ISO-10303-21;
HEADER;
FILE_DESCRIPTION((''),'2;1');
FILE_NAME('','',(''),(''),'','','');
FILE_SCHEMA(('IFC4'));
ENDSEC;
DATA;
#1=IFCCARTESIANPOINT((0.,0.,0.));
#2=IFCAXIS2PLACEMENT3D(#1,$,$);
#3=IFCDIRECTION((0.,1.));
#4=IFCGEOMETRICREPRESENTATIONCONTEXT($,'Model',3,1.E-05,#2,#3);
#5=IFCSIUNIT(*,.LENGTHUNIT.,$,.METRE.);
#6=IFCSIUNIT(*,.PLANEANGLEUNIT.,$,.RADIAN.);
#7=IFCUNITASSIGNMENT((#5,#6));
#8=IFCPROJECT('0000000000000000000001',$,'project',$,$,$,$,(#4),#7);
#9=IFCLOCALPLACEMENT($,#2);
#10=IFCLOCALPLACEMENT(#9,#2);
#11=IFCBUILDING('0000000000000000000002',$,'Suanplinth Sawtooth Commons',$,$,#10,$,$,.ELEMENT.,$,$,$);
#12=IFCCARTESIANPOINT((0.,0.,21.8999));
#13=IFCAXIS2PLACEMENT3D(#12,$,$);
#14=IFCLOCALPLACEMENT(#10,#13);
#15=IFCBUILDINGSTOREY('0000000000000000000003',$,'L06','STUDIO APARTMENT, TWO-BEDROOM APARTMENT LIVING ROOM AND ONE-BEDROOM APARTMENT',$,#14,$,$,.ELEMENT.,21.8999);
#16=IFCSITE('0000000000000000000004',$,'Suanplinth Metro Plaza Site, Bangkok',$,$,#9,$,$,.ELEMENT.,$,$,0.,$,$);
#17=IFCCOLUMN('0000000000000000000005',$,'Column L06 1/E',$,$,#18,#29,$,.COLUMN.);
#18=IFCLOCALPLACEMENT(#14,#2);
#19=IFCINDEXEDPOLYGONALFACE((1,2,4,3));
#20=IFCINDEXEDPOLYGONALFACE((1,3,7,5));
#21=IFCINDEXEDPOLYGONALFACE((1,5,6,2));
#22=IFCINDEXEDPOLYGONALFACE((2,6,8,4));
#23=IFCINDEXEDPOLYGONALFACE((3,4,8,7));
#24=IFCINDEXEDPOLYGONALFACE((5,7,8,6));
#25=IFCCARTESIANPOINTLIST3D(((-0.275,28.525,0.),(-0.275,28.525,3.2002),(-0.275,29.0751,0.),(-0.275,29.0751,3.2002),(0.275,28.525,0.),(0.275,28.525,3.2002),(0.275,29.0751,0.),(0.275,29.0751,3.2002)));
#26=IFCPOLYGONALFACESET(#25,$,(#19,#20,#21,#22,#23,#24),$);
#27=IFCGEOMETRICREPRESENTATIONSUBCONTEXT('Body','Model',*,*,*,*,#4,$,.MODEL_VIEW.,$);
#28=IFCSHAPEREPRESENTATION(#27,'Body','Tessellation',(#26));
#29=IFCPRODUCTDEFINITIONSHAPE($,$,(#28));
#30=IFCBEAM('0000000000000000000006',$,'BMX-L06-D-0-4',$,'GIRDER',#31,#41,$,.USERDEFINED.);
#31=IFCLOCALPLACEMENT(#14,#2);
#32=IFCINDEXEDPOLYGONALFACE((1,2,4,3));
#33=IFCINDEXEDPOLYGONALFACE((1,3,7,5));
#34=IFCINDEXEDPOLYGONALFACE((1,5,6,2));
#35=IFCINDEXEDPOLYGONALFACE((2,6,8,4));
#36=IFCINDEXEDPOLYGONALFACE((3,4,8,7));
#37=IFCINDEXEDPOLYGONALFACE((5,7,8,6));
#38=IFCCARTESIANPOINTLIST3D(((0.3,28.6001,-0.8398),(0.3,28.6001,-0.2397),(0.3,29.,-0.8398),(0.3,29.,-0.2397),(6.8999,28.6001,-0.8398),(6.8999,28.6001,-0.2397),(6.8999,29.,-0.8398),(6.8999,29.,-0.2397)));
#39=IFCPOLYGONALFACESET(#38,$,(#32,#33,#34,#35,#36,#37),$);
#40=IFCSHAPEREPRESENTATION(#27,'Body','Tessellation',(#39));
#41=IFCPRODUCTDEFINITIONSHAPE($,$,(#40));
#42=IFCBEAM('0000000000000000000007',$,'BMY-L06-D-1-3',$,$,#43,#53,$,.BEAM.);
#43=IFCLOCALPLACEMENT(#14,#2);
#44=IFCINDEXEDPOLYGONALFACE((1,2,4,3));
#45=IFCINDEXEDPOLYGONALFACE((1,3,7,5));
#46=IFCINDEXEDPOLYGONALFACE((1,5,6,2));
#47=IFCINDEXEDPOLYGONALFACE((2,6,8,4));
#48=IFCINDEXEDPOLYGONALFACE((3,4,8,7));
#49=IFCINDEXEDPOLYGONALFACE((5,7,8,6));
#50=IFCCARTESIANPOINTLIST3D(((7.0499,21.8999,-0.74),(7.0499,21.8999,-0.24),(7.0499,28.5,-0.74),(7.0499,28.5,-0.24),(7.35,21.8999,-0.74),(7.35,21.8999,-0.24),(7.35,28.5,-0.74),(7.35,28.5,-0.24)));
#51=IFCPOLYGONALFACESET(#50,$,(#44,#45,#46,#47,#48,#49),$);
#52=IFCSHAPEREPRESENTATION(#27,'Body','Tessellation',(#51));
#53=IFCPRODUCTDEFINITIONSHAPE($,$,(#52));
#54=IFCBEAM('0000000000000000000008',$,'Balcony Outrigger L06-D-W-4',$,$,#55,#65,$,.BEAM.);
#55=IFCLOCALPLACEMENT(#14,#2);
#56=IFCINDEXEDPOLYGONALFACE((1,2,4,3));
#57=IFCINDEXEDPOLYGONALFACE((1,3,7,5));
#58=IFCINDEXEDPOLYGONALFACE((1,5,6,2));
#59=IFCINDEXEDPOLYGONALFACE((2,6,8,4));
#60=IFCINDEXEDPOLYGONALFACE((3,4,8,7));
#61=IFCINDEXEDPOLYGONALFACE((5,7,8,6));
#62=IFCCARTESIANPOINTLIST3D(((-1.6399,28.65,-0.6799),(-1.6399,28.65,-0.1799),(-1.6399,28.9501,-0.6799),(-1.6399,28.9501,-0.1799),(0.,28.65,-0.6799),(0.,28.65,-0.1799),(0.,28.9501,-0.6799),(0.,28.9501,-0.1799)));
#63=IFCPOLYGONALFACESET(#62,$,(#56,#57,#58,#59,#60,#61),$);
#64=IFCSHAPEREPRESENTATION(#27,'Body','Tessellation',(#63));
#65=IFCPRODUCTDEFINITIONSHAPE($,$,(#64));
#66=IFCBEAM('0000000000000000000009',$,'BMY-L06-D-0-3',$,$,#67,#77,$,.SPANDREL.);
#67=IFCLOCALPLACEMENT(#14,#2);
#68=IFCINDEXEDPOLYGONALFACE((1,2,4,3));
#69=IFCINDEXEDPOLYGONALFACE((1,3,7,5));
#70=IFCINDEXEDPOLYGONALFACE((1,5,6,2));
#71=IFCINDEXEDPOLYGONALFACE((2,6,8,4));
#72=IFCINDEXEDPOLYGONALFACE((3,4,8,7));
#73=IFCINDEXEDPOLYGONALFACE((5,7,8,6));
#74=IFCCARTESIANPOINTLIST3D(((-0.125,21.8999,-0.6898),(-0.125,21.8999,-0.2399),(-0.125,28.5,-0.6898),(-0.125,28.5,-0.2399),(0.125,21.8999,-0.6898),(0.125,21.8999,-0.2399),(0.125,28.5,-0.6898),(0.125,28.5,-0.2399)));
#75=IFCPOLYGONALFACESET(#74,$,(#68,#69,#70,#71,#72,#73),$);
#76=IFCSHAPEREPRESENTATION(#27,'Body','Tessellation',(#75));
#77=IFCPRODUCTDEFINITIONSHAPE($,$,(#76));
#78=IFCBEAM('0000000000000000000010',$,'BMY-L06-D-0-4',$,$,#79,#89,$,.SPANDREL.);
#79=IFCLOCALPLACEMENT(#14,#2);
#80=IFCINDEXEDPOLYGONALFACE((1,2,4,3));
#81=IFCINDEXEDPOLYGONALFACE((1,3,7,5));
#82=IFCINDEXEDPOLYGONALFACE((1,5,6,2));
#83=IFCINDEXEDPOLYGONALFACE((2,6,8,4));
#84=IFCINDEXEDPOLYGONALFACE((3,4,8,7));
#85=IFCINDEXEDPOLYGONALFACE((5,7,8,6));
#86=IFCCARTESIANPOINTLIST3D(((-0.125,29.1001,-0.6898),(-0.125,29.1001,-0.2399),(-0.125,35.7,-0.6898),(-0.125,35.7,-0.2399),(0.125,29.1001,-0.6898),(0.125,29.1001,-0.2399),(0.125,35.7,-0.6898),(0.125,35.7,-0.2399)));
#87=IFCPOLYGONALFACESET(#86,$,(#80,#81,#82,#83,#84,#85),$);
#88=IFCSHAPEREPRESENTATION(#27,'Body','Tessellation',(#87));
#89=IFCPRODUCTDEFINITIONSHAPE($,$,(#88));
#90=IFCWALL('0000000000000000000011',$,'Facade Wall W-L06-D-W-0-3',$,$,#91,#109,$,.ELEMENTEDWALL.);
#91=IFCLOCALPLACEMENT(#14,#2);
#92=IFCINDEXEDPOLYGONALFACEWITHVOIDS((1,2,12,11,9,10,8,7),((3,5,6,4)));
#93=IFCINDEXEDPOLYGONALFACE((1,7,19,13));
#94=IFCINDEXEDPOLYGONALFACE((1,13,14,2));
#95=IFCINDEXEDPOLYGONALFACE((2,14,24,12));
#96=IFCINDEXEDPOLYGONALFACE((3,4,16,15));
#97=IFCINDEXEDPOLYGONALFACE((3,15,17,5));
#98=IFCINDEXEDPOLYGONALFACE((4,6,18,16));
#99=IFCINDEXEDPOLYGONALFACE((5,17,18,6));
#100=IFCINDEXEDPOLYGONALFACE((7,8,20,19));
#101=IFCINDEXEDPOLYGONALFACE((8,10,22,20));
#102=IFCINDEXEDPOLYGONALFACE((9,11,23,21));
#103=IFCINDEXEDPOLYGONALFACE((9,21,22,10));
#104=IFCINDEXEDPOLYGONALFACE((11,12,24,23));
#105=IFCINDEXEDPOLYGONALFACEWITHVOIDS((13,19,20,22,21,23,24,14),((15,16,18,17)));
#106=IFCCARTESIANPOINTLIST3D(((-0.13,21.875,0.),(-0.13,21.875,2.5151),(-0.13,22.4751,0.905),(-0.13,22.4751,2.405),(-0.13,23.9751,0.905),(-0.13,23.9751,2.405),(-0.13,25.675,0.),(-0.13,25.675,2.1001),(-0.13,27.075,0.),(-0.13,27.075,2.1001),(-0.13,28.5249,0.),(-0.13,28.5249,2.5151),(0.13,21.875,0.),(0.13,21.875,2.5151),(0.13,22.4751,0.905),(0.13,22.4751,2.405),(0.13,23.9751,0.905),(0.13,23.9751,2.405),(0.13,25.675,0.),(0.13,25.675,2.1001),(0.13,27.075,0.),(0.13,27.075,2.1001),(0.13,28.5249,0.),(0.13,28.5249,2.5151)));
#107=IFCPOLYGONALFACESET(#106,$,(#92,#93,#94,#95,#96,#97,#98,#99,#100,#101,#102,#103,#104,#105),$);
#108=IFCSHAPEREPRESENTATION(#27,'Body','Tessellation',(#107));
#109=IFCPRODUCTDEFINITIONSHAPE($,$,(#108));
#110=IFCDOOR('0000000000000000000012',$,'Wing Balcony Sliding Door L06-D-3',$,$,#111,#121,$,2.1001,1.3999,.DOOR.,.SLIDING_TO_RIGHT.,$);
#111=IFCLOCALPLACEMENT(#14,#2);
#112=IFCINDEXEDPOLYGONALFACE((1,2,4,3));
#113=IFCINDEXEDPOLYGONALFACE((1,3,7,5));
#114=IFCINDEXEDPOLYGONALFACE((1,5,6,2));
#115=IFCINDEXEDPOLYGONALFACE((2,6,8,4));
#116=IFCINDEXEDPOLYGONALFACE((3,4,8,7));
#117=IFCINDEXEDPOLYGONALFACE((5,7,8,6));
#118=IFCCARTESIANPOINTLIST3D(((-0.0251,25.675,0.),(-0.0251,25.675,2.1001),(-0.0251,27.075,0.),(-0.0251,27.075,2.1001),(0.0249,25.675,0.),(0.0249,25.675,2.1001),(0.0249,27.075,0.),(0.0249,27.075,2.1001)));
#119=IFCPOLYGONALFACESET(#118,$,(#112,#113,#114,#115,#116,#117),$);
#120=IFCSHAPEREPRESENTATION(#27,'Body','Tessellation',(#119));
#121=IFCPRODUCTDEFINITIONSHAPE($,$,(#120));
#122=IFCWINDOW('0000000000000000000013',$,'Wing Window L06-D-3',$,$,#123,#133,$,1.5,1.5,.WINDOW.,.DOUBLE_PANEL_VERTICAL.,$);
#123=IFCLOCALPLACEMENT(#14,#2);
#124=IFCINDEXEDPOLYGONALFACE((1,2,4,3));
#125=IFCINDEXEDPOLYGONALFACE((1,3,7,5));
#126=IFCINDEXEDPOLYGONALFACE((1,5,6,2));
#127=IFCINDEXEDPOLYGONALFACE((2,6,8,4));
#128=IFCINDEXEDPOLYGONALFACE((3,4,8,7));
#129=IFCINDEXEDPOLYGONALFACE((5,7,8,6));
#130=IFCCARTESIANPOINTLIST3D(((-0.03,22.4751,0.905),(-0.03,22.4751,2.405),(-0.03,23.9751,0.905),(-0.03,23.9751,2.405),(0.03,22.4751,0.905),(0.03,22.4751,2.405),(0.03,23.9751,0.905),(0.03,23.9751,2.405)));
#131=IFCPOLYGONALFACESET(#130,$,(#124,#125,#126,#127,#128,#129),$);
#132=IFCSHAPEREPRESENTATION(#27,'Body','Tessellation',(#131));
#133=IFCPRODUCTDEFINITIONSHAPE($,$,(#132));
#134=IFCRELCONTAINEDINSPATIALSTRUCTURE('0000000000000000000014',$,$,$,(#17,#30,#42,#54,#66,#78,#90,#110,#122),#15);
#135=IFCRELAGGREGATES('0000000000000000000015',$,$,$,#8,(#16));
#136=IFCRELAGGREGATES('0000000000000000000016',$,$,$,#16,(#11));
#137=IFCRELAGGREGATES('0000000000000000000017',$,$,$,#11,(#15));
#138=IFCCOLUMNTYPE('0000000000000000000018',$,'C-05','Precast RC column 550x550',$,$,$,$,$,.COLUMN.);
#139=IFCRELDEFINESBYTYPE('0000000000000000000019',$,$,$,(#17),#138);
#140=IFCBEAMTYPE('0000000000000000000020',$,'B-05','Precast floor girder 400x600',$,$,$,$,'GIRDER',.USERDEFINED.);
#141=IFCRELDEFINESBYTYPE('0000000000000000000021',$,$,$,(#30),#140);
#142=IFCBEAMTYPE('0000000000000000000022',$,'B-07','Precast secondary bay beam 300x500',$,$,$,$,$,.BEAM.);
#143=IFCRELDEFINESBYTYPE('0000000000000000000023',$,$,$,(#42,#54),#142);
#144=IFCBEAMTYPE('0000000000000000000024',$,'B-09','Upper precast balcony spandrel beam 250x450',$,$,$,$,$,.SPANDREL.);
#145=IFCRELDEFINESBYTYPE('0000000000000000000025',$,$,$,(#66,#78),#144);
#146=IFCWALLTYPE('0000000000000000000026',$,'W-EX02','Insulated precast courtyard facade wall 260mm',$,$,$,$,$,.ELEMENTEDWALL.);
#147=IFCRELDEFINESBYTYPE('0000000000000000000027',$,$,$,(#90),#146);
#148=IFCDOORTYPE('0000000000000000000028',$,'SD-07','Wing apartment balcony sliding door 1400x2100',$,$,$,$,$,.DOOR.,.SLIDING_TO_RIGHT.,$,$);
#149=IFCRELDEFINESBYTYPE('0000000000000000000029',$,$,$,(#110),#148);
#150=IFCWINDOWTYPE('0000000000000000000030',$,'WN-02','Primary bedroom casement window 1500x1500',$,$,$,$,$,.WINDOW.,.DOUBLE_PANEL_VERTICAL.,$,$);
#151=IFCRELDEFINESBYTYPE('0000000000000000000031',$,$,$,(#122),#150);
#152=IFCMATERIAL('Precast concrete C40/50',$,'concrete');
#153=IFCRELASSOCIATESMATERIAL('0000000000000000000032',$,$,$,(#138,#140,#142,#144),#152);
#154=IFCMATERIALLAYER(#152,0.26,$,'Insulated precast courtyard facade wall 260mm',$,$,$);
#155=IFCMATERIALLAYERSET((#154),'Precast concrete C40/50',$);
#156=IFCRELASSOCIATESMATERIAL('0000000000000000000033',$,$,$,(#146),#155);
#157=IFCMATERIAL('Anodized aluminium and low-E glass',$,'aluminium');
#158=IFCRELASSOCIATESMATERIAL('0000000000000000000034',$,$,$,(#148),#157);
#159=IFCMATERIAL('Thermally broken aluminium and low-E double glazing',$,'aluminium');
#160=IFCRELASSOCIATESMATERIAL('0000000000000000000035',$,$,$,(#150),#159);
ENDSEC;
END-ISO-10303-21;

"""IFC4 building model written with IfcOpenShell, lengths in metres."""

from ifc_helpers import new_model, si_unit, direction, frame, frame_2d, origin, origin_2d, place, context, subcontext, project, spatial, rectangle, extrude, material, layer, layer_set, material_profile, profile_set, type_object, element, fill, save


model = new_model("IFC4")

# Units and contexts
model_context = context("Model", 3, precision=1e-05, world=origin(), true_north=direction((0.0, 1.0)))
body_context = subcontext(model_context, "Body", "Model", "MODEL_VIEW")
ifc_project = project(units=[si_unit("LENGTHUNIT", "METRE"), si_unit("PLANEANGLEUNIT", "RADIAN")], contexts=[model_context])

# Site, building, storey
site_placement = place(None, origin())
site = spatial("IfcSite", under=ifc_project, at=site_placement, Name="Suanplinth Metro Plaza Site, Bangkok", CompositionType="ELEMENT", RefElevation=0.0)
building_placement = place(site_placement, origin())
building = spatial("IfcBuilding", under=site, at=building_placement, Name="Suanplinth Sawtooth Commons", CompositionType="ELEMENT")
storey_placement = place(building_placement, frame((0.0, 0.0, 21.8999)))
storey = spatial("IfcBuildingStorey", under=building, at=storey_placement, Name="L06", Description="STUDIO APARTMENT, TWO-BEDROOM APARTMENT LIVING ROOM AND ONE-BEDROOM APARTMENT", CompositionType="ELEMENT", Elevation=21.8999)

# Column
ifc_material_1 = material(Name="Precast concrete C40/50", Category="concrete")
ifc_material_profile_1 = material_profile(ifc_material_1, rectangle(XDim=0.55, YDim=0.55, at=origin_2d()), Name="PC-COL 550x550")
ifc_profile_set_1 = profile_set([ifc_material_profile_1], Name="Precast concrete C40/50")
column_type = type_object("IfcColumnType", Name="C-05", Description="Precast RC column 550x550", PredefinedType="COLUMN", material=ifc_profile_set_1)
column_placement = place(storey_placement, frame((0.0, 28.8, 0.0), z_axis=(0.0, 0.0, 1.0), x_axis=(1.0, 0.0, 0.0)))
element("IfcColumn", 1, at=column_placement, inside=storey, type_object=column_type, Name="Column L06 1/E", PredefinedType="COLUMN", context=body_context, shape_type="SweptSolid", body=[
    extrude(rectangle(XDim=0.55, YDim=0.55, at=origin_2d()), origin(), (0.0, 0.0, 1.0), 3.2002),
])

# Beams
ifc_material_profile_2 = material_profile(ifc_material_1, rectangle(XDim=0.3999, YDim=0.6001, at=origin_2d()), Name="PC-GDR 400x600")
ifc_profile_set_2 = profile_set([ifc_material_profile_2], Name="Precast concrete C40/50")
beam_type_1 = type_object("IfcBeamType", Name="B-05", Description="Precast floor girder 400x600", ElementType="GIRDER", PredefinedType="USERDEFINED", material=ifc_profile_set_2)
beam_1_placement = place(storey_placement, frame((0.3, 28.8, -0.5398), z_axis=(1.0, 0.0, 0.0), x_axis=(0.0, 1.0, 0.0)))
element("IfcBeam", 2, at=beam_1_placement, inside=storey, type_object=beam_type_1, Name="BMX-L06-D-0-4", ObjectType="GIRDER", PredefinedType="USERDEFINED", context=body_context, shape_type="SweptSolid", body=[
    extrude(rectangle(XDim=0.3999, YDim=0.6001, at=origin_2d()), origin(), (0.0, 0.0, 1.0), 6.5999),
])
ifc_material_profile_3 = material_profile(ifc_material_1, rectangle(XDim=0.3, YDim=0.5, at=origin_2d()), Name="PC-BM 300x500")
ifc_profile_set_3 = profile_set([ifc_material_profile_3], Name="Precast concrete C40/50")
beam_type_2 = type_object("IfcBeamType", Name="B-07", Description="Precast secondary bay beam 300x500", PredefinedType="BEAM", material=ifc_profile_set_3)
beam_2_placement = place(storey_placement, frame((7.2, 21.8999, -0.49), z_axis=(0.0, 1.0, 0.0), x_axis=(-1.0, 0.0, 0.0)))
element("IfcBeam", 3, at=beam_2_placement, inside=storey, type_object=beam_type_2, Name="BMY-L06-D-1-3", PredefinedType="BEAM", context=body_context, shape_type="SweptSolid", body=[
    extrude(rectangle(XDim=0.3, YDim=0.5, at=origin_2d()), origin(), (0.0, 0.0, 1.0), 6.6001),
])
beam_3_placement = place(storey_placement, frame((0.0, 28.8, -0.4299), z_axis=(-1.0, 0.0, 0.0), x_axis=(0.0, -1.0, 0.0)))
element("IfcBeam", 4, at=beam_3_placement, inside=storey, type_object=beam_type_2, Name="Balcony Outrigger L06-D-W-4", PredefinedType="BEAM", context=body_context, shape_type="SweptSolid", body=[
    extrude(rectangle(XDim=0.3, YDim=0.5, at=origin_2d()), origin(), (0.0, 0.0, 1.0), 1.6399),
])
ifc_material_profile_4 = material_profile(ifc_material_1, rectangle(XDim=0.25, YDim=0.45, at=origin_2d()), Name="PC-SP 250x450")
ifc_profile_set_4 = profile_set([ifc_material_profile_4], Name="Precast concrete C40/50")
beam_type_3 = type_object("IfcBeamType", Name="B-09", Description="Upper precast balcony spandrel beam 250x450", PredefinedType="SPANDREL", material=ifc_profile_set_4)
beam_4_placement = place(storey_placement, frame((0.0, 21.8999, -0.4648), z_axis=(0.0, 1.0, 0.0), x_axis=(-1.0, 0.0, 0.0)))
element("IfcBeam", 5, at=beam_4_placement, inside=storey, type_object=beam_type_3, Name="BMY-L06-D-0-3", PredefinedType="SPANDREL", context=body_context, shape_type="SweptSolid", body=[
    extrude(rectangle(XDim=0.25, YDim=0.45, at=origin_2d()), origin(), (0.0, 0.0, 1.0), 6.6001),
])
beam_5_placement = place(storey_placement, frame((0.0, 29.1001, -0.4648), z_axis=(0.0, 1.0, 0.0), x_axis=(-1.0, 0.0, 0.0)))
element("IfcBeam", 6, at=beam_5_placement, inside=storey, type_object=beam_type_3, Name="BMY-L06-D-0-4", PredefinedType="SPANDREL", context=body_context, shape_type="SweptSolid", body=[
    extrude(rectangle(XDim=0.25, YDim=0.45, at=origin_2d()), origin(), (0.0, 0.0, 1.0), 6.5999),
])

# Wall, openings, door, window
ifc_layer_1 = layer(ifc_material_1, 0.26, Name="Insulated precast courtyard facade wall 260mm")
ifc_layer_set_1 = layer_set([ifc_layer_1], Name="Precast concrete C40/50")
wall_type_1 = type_object("IfcWallType", Name="W-EX02", Description="Insulated precast courtyard facade wall 260mm", PredefinedType="ELEMENTEDWALL", material=ifc_layer_set_1)
wall_1_placement = place(storey_placement, frame((0.0, 21.875, 0.0), z_axis=(0.0, 0.0, 1.0), x_axis=(0.0, 1.0, 0.0)))
wall_1 = element("IfcWall", 7, at=wall_1_placement, inside=storey, type_object=wall_type_1, Name="Facade Wall W-L06-D-W-0-3", PredefinedType="ELEMENTEDWALL", context=body_context, shape_type="SweptSolid", body=[
    extrude(rectangle(XDim=6.6499, YDim=0.26, at=frame_2d((3.325, 0.0))), origin(), (0.0, 0.0, 1.0), 2.5151),
])
opening_1_placement = place(wall_1_placement, frame((3.8, 0.0, 0.0)))
opening_1 = element("IfcOpeningElement", 8, at=opening_1_placement, cuts=wall_1, PredefinedType="OPENING", context=body_context, shape_type="SweptSolid", body=[
    extrude(rectangle(XDim=1.3999, YDim=2.1001, at=frame_2d((0.7, 1.05))), frame((0.0, 0.145, 0.0), z_axis=(0.0, -1.0, 0.0), x_axis=(1.0, 0.0, 0.0)), (0.0, 0.0, 1.0), 0.2898),
])
opening_2_placement = place(wall_1_placement, frame((0.6001, 0.0, 0.905)))
opening_2 = element("IfcOpeningElement", 9, at=opening_2_placement, cuts=wall_1, PredefinedType="OPENING", context=body_context, shape_type="SweptSolid", body=[
    extrude(rectangle(XDim=1.5, YDim=1.5, at=frame_2d((0.75, 0.75))), frame((0.0, 0.145, 0.0), z_axis=(0.0, -1.0, 0.0), x_axis=(1.0, 0.0, 0.0)), (0.0, 0.0, 1.0), 0.2898),
])
ifc_material_2 = material(Name="Anodized aluminium and low-E glass", Category="aluminium")
door_type_1 = type_object("IfcDoorType", Name="SD-07", Description="Wing apartment balcony sliding door 1400x2100", OperationType="SLIDING_TO_RIGHT", PredefinedType="DOOR", material=ifc_material_2)
door_1_placement = place(opening_1_placement, frame((1.3999, 0.0, 0.0), z_axis=(0.0, 0.0, 1.0), x_axis=(-1.0, 0.0, 0.0)))
door_1 = element("IfcDoor", 10, at=door_1_placement, inside=storey, type_object=door_type_1, Name="Wing Balcony Sliding Door L06-D-3", OperationType="SLIDING_TO_RIGHT", OverallHeight=2.1001, OverallWidth=1.3999, PredefinedType="DOOR", context=body_context, shape_type="SweptSolid", body=[
    extrude(rectangle(XDim=1.3999, YDim=2.1001, at=frame_2d((0.7, 1.05))), frame((0.0, 0.0249, 0.0), z_axis=(0.0, -1.0, 0.0), x_axis=(1.0, 0.0, 0.0)), (0.0, 0.0, 1.0), 0.05),
])
fill(opening_1, door_1)
ifc_material_3 = material(Name="Thermally broken aluminium and low-E double glazing", Category="aluminium")
window_type = type_object("IfcWindowType", Name="WN-02", Description="Primary bedroom casement window 1500x1500", PartitioningType="DOUBLE_PANEL_VERTICAL", PredefinedType="WINDOW", material=ifc_material_3)
window_1_placement = place(opening_2_placement, origin())
window_1 = element("IfcWindow", 11, at=window_1_placement, inside=storey, type_object=window_type, Name="Wing Window L06-D-3", OverallHeight=1.5, OverallWidth=1.5, PartitioningType="DOUBLE_PANEL_VERTICAL", PredefinedType="WINDOW", context=body_context, shape_type="SweptSolid", body=[
    extrude(rectangle(XDim=1.5, YDim=1.5, at=frame_2d((0.75, 0.75))), frame((0.0, 0.03, 0.0), z_axis=(0.0, -1.0, 0.0), x_axis=(1.0, 0.0, 0.0)), (0.0, 0.0, 1.0), 0.0601),
])
fill(opening_2, window_1)

save(model, "model.ifc")
